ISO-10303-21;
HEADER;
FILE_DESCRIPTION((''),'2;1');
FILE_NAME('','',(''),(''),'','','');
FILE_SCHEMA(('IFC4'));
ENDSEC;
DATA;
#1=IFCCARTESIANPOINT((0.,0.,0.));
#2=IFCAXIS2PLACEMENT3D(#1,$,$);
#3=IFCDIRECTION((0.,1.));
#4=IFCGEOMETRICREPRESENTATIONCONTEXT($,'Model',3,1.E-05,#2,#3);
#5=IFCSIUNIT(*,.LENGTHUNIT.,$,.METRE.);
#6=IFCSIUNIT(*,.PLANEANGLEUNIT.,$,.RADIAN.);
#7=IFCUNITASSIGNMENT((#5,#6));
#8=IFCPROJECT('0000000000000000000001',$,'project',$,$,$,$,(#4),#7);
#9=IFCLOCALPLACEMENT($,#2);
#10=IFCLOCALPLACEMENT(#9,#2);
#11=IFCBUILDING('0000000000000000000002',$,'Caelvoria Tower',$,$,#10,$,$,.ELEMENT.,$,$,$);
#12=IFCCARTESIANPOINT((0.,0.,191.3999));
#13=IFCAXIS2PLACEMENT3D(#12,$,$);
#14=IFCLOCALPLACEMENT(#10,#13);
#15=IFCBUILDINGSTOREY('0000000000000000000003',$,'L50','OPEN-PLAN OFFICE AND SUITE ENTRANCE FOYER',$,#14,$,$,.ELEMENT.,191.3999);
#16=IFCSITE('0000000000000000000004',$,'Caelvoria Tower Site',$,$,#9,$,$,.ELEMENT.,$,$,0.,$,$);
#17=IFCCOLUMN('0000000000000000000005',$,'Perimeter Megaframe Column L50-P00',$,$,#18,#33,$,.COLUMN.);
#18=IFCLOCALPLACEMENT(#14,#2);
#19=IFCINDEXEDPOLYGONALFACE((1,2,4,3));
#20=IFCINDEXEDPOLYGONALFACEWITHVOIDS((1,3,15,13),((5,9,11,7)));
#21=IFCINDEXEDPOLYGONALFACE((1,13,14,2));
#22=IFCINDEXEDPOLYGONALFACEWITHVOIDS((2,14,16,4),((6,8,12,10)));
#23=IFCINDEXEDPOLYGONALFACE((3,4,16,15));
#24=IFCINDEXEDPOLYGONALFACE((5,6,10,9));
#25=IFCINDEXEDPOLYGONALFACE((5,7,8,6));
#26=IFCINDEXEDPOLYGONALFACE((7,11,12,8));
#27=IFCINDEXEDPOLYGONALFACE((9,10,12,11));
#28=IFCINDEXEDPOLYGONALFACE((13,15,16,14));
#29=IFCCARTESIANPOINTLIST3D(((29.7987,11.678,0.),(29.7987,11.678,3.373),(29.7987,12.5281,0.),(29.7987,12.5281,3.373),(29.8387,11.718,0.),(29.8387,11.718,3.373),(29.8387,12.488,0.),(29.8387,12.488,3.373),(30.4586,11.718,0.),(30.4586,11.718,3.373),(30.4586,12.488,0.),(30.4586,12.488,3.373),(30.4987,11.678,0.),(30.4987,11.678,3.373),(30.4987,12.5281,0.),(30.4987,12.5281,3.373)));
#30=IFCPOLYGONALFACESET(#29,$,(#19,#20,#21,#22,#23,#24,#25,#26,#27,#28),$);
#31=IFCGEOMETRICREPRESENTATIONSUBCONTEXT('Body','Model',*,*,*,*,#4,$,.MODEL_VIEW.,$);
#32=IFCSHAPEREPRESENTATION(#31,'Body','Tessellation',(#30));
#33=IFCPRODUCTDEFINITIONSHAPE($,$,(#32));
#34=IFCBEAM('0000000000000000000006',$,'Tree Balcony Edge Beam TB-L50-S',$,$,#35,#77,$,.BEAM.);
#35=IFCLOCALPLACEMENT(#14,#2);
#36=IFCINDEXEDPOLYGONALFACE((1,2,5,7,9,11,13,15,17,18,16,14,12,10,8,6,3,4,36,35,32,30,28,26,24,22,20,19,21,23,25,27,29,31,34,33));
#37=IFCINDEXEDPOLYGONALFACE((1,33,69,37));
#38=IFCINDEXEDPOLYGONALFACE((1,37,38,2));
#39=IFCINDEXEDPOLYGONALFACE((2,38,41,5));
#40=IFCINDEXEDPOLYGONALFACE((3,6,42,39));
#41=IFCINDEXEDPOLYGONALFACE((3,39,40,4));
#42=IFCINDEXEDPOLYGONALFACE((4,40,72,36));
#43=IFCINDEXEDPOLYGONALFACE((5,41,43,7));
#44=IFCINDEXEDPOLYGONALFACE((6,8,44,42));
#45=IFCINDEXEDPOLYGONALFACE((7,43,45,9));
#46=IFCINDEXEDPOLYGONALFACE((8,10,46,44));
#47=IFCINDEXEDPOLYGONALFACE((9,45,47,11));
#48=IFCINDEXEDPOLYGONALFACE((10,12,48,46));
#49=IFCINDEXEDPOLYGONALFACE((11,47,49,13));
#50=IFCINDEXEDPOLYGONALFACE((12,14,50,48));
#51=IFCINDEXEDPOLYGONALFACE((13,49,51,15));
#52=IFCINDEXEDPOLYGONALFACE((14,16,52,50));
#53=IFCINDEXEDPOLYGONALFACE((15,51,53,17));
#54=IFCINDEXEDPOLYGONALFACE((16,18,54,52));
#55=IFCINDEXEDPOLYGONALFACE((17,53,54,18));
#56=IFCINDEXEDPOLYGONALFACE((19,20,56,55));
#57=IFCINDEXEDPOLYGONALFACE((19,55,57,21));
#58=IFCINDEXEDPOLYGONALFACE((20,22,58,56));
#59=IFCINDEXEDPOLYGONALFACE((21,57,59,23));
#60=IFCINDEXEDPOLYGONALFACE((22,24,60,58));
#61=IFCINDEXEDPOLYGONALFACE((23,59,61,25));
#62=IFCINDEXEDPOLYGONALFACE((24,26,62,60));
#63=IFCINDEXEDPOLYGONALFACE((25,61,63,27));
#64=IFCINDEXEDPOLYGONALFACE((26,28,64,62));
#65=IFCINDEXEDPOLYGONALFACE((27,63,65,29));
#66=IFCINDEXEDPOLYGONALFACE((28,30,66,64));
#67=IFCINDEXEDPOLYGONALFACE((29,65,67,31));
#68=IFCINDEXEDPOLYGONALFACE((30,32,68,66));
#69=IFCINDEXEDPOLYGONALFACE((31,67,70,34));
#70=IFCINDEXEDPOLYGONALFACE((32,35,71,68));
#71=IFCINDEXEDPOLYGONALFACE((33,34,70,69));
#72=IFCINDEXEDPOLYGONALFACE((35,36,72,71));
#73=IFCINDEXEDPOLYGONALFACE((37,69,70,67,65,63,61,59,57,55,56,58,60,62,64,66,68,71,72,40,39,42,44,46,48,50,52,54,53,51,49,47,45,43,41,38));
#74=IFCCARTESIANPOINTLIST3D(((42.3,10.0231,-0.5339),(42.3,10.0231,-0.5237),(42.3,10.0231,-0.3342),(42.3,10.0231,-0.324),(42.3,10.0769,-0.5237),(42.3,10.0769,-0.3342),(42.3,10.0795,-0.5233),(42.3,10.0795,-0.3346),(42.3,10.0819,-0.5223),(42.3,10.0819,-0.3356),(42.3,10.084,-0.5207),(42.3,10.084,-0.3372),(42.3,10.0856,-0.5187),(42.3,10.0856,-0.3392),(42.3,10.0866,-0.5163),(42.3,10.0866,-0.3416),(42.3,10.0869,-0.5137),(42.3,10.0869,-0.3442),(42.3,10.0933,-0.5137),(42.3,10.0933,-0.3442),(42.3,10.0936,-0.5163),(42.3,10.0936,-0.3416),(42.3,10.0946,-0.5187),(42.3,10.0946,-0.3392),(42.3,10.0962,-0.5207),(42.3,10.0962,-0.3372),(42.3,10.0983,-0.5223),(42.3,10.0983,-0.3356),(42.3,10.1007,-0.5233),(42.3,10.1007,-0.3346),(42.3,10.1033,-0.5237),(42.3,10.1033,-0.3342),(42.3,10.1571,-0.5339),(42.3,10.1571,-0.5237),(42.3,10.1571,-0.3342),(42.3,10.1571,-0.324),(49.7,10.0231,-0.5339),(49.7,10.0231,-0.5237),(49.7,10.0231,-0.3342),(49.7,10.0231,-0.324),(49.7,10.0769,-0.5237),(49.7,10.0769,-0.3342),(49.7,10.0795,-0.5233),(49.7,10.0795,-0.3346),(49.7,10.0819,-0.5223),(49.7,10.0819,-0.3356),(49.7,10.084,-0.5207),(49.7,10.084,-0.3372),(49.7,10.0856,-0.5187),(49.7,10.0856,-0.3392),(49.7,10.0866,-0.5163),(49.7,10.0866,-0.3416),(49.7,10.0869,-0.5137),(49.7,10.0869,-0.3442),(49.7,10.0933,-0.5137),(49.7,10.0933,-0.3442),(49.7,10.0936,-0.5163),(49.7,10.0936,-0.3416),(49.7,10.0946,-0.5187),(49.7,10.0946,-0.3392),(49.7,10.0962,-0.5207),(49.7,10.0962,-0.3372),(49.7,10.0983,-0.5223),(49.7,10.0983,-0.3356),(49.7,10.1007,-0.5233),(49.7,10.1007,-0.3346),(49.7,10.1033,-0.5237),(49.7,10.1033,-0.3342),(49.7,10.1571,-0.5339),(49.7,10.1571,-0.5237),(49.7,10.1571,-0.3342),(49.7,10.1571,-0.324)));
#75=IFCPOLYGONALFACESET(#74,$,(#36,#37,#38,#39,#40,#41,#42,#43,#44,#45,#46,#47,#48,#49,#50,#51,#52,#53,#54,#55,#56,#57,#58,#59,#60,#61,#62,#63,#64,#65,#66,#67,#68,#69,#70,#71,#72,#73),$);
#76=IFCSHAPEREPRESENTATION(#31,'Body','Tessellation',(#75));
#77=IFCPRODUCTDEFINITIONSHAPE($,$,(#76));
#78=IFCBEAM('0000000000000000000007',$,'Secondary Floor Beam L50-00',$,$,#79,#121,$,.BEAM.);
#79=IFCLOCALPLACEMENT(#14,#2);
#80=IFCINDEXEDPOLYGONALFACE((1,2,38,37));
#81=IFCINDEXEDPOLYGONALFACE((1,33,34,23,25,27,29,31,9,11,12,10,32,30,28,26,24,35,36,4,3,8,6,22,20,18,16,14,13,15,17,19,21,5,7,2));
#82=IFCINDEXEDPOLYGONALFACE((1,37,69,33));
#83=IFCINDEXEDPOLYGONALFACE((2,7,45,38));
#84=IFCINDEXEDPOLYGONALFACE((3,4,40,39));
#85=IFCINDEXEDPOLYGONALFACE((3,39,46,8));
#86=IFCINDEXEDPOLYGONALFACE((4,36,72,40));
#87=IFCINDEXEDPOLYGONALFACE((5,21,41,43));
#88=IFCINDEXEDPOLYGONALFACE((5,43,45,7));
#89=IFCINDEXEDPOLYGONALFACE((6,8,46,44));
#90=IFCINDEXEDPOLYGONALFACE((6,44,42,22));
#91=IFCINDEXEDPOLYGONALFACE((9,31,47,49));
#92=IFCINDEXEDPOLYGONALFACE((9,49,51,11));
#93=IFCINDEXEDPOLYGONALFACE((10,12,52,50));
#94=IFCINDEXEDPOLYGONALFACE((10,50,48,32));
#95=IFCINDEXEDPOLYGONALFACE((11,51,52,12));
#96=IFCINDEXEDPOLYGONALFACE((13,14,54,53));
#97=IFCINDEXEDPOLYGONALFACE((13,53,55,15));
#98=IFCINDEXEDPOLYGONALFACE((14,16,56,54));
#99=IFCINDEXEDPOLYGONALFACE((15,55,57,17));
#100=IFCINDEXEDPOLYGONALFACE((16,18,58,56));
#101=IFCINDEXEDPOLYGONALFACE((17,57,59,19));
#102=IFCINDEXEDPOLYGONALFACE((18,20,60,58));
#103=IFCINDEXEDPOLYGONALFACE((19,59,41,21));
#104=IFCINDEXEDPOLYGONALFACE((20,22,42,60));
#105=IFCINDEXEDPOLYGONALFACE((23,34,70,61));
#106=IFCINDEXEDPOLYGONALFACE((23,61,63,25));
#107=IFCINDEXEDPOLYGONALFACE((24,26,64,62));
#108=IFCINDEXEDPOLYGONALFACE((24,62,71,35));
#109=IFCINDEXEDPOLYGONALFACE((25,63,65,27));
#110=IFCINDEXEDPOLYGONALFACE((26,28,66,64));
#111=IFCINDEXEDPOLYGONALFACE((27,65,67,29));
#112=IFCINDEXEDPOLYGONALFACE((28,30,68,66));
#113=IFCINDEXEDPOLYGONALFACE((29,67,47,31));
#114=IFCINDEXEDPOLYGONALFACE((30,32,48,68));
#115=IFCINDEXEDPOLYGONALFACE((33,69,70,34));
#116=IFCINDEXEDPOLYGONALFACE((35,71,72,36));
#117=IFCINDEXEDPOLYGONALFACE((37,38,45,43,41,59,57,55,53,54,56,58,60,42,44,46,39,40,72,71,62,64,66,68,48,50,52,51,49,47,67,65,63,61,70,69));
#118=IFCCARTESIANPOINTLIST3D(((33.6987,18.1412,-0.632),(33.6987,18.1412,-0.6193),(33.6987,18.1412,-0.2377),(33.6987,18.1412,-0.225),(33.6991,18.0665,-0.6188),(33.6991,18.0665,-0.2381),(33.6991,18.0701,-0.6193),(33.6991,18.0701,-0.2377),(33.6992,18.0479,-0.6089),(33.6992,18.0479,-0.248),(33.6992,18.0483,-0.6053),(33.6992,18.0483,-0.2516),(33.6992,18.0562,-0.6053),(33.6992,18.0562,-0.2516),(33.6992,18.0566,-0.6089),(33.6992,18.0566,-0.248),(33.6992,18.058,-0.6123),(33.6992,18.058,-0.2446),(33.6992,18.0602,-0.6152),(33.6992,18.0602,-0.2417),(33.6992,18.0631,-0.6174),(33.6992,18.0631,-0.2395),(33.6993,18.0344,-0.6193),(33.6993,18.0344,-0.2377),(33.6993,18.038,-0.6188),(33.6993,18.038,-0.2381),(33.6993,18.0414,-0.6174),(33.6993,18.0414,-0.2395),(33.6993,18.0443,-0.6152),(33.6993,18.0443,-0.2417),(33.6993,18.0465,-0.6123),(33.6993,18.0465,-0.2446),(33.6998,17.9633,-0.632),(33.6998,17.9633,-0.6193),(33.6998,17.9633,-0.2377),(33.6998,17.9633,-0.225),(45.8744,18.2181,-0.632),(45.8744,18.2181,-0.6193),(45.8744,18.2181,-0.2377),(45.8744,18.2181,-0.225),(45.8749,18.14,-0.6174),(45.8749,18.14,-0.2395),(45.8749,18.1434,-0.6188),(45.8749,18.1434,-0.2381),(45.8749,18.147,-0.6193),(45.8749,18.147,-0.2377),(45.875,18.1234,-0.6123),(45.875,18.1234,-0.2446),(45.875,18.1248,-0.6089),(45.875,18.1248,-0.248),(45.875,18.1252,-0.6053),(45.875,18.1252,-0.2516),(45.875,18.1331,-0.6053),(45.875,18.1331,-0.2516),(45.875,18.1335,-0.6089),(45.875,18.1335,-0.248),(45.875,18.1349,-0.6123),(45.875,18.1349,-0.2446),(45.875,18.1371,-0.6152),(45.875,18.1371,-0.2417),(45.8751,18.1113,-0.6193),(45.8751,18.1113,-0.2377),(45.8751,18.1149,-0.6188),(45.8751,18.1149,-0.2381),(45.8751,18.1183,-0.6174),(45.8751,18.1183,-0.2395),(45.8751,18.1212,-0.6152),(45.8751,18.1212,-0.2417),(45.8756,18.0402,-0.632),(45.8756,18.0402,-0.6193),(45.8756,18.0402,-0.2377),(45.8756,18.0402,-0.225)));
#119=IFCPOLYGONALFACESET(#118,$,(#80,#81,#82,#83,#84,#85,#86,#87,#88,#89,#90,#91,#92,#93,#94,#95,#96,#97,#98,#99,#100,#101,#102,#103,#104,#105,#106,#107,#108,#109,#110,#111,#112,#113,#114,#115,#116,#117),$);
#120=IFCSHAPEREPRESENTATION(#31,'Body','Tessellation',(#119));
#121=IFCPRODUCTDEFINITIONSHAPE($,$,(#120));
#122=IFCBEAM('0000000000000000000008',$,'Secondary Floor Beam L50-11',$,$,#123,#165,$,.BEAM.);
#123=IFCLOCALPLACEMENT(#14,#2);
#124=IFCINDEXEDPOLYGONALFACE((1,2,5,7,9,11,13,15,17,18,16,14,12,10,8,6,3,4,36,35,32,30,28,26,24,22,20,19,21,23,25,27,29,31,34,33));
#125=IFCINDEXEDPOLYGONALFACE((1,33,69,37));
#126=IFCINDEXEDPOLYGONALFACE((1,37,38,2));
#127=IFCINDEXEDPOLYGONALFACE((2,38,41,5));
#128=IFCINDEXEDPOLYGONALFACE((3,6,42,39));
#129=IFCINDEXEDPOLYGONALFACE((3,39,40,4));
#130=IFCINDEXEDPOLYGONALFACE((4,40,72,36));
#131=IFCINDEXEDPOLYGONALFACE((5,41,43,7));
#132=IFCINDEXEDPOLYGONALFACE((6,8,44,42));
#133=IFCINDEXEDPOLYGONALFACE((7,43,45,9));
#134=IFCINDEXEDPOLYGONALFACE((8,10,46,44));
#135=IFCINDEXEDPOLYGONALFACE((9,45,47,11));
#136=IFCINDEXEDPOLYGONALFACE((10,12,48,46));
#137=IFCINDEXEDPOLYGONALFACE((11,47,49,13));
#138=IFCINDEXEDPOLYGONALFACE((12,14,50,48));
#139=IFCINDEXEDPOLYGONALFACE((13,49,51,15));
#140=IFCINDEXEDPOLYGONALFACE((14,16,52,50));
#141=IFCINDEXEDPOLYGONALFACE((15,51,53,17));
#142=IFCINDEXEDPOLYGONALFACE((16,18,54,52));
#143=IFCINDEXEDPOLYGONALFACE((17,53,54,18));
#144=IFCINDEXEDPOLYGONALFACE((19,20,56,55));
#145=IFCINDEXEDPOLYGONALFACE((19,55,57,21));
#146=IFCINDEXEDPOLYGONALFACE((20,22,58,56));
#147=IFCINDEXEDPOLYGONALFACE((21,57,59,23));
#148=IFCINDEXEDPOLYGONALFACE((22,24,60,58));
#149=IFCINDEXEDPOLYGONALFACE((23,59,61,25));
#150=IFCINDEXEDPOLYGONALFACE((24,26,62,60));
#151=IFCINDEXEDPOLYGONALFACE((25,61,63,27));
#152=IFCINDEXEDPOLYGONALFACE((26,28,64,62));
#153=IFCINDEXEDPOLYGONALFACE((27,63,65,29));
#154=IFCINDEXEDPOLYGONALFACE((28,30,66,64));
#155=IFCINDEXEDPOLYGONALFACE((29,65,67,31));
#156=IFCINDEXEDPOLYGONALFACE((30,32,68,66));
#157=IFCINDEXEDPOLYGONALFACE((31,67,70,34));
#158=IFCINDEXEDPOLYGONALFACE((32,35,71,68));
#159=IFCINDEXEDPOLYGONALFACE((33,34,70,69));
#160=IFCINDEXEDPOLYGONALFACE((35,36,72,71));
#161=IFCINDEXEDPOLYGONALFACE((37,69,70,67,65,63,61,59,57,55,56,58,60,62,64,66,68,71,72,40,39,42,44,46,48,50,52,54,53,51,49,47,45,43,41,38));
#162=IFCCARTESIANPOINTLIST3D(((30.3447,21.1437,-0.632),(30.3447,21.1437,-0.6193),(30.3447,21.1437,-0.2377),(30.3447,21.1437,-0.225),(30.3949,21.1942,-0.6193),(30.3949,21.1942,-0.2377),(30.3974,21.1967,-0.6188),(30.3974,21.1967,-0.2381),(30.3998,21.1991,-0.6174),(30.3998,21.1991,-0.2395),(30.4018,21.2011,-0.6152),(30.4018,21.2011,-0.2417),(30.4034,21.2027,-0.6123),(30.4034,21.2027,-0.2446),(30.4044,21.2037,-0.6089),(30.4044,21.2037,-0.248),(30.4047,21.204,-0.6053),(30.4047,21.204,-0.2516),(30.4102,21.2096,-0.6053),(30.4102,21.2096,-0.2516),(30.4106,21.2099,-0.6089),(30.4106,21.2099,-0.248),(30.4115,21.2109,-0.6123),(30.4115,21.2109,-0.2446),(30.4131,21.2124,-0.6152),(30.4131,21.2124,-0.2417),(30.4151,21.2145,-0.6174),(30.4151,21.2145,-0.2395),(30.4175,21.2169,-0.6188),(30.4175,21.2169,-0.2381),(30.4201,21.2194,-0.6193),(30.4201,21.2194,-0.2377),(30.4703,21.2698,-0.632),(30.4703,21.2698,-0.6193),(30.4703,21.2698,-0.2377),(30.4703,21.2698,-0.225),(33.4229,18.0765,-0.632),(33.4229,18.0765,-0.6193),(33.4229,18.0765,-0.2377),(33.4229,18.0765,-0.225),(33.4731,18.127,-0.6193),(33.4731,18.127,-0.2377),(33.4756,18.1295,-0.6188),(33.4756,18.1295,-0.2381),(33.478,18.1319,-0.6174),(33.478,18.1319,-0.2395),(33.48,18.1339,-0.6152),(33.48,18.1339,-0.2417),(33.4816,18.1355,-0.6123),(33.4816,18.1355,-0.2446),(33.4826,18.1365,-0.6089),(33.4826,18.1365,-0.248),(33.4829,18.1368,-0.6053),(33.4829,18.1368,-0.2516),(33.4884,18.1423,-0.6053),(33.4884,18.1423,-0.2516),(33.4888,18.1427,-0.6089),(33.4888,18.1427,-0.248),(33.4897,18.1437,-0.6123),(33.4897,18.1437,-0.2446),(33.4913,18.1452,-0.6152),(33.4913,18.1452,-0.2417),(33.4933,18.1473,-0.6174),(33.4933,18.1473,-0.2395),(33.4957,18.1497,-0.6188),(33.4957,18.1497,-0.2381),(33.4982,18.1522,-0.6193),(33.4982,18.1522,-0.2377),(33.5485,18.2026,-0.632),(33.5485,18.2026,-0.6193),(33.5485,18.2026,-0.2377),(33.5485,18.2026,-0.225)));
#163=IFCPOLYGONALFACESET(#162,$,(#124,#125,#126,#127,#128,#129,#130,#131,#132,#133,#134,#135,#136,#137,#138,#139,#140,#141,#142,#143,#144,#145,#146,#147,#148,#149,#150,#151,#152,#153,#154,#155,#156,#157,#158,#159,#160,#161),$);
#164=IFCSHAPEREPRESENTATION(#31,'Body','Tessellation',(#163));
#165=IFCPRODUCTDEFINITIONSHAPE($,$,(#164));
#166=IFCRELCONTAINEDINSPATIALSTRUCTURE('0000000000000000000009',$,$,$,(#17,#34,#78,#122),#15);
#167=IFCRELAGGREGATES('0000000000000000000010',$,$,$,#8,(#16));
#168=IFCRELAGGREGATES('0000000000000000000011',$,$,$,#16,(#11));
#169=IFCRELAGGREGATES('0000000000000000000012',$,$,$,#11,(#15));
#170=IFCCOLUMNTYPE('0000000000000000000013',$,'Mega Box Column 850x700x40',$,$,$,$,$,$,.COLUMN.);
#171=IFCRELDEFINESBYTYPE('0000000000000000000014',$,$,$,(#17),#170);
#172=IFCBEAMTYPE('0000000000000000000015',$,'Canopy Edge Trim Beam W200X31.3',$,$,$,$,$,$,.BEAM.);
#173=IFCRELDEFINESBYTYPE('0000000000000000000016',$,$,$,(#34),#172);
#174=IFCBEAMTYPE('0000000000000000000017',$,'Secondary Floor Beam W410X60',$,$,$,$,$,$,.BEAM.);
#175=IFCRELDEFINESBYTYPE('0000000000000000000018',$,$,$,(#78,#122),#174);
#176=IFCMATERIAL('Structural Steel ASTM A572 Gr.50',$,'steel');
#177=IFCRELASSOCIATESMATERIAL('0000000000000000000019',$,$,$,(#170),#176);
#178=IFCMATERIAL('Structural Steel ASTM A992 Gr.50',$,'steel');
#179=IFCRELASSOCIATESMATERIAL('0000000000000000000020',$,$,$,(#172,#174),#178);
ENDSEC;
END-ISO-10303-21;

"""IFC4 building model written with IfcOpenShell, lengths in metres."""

from ifc_helpers import new_model, si_unit, direction, frame, origin, origin_2d, place, context, subcontext, project, spatial, hollow_rectangle, i_section, extrude, material, material_profile, profile_set, type_object, element, save


model = new_model("IFC4")

# Units and contexts
model_context = context("Model", 3, precision=1e-05, world=origin(), true_north=direction((0.0, 1.0)))
body_context = subcontext(model_context, "Body", "Model", "MODEL_VIEW")
ifc_project = project(units=[si_unit("LENGTHUNIT", "METRE"), si_unit("PLANEANGLEUNIT", "RADIAN")], contexts=[model_context])

# Site, building, storey
site_placement = place(None, origin())
site = spatial("IfcSite", under=ifc_project, at=site_placement, Name="Caelvoria Tower Site", CompositionType="ELEMENT", RefElevation=0.0)
building_placement = place(site_placement, origin())
building = spatial("IfcBuilding", under=site, at=building_placement, Name="Caelvoria Tower", CompositionType="ELEMENT")
storey_placement = place(building_placement, frame((0.0, 0.0, 191.3999)))
storey = spatial("IfcBuildingStorey", under=building, at=storey_placement, Name="L50", Description="OPEN-PLAN OFFICE AND SUITE ENTRANCE FOYER", CompositionType="ELEMENT", Elevation=191.3999)

# Column
ifc_material_1 = material(Name="Structural Steel ASTM A572 Gr.50", Category="steel")
ifc_material_profile_1 = material_profile(ifc_material_1, hollow_rectangle(XDim=0.7, YDim=0.8501, WallThickness=0.04, at=origin_2d()), Name="Structural Steel ASTM A572 Gr.50")
ifc_profile_set_1 = profile_set([ifc_material_profile_1], Name="BOX850X700X40 - Structural Steel ASTM A572 Gr.50")
column_type = type_object("IfcColumnType", Name="Mega Box Column 850x700x40", PredefinedType="COLUMN", material=ifc_profile_set_1)
column_placement = place(storey_placement, frame((30.1487, 12.103, 0.0), z_axis=(0.0, 0.0, 1.0), x_axis=(1.0, 0.0, 0.0)))
element("IfcColumn", 1, at=column_placement, inside=storey, type_object=column_type, Name="Perimeter Megaframe Column L50-P00", PredefinedType="COLUMN", context=body_context, shape_type="SweptSolid", body=[
    extrude(hollow_rectangle(XDim=0.7, YDim=0.8501, WallThickness=0.04, at=origin_2d()), origin(), (0.0, 0.0, 1.0), 3.373),
])

# Beams
ifc_material_2 = material(Name="Structural Steel ASTM A992 Gr.50", Category="steel")
ifc_material_profile_2 = material_profile(ifc_material_2, i_section(OverallWidth=0.134, OverallDepth=0.21, WebThickness=0.0063, FlangeThickness=0.0103, FilletRadius=0.01, at=origin_2d()), Name="Structural Steel ASTM A992 Gr.50")
ifc_profile_set_2 = profile_set([ifc_material_profile_2], Name="W200X31.3 - Structural Steel ASTM A992 Gr.50")
beam_type_1 = type_object("IfcBeamType", Name="Canopy Edge Trim Beam W200X31.3", PredefinedType="BEAM", material=ifc_profile_set_2)
beam_1_placement = place(storey_placement, frame((42.3, 10.0901, -0.429), z_axis=(1.0, 0.0, 0.0), x_axis=(0.0, 1.0, 0.0)))
element("IfcBeam", 2, at=beam_1_placement, inside=storey, type_object=beam_type_1, Name="Tree Balcony Edge Beam TB-L50-S", PredefinedType="BEAM", context=body_context, shape_type="SweptSolid", body=[
    extrude(i_section(OverallWidth=0.134, OverallDepth=0.21, WebThickness=0.0063, FlangeThickness=0.0103, FilletRadius=0.01, at=origin_2d()), origin(), (0.0, 0.0, 1.0), 7.3999),
])
ifc_material_profile_3 = material_profile(ifc_material_2, i_section(OverallWidth=0.178, OverallDepth=0.407, WebThickness=0.0078, FlangeThickness=0.0127, FilletRadius=0.0139, at=origin_2d()), Name="Structural Steel ASTM A992 Gr.50")
ifc_profile_set_3 = profile_set([ifc_material_profile_3], Name="W410X60 - Structural Steel ASTM A992 Gr.50")
beam_type_2 = type_object("IfcBeamType", Name="Secondary Floor Beam W410X60", PredefinedType="BEAM", material=ifc_profile_set_3)
beam_2_placement = place(storey_placement, frame((33.6992, 18.0522, -0.4285), z_axis=(0.99998, 0.006316, 0.0), x_axis=(-0.006316, 0.99998, 0.0)))
element("IfcBeam", 3, at=beam_2_placement, inside=storey, type_object=beam_type_2, Name="Secondary Floor Beam L50-00", PredefinedType="BEAM", context=body_context, shape_type="SweptSolid", body=[
    extrude(i_section(OverallWidth=0.178, OverallDepth=0.407, WebThickness=0.0078, FlangeThickness=0.0127, FilletRadius=0.0139, at=origin_2d()), origin(), (0.0, 0.0, 1.0), 12.176),
])
beam_3_placement = place(storey_placement, frame((30.4075, 21.2068, -0.4285), z_axis=(0.70837, -0.705842, 0.0), x_axis=(0.705842, 0.70837, 0.0)))
element("IfcBeam", 4, at=beam_3_placement, inside=storey, type_object=beam_type_2, Name="Secondary Floor Beam L50-11", PredefinedType="BEAM", context=body_context, shape_type="SweptSolid", body=[
    extrude(i_section(OverallWidth=0.178, OverallDepth=0.407, WebThickness=0.0078, FlangeThickness=0.0127, FilletRadius=0.0139, at=origin_2d()), origin(), (0.0, 0.0, 1.0), 4.3455),
])

save(model, "model.ifc")
